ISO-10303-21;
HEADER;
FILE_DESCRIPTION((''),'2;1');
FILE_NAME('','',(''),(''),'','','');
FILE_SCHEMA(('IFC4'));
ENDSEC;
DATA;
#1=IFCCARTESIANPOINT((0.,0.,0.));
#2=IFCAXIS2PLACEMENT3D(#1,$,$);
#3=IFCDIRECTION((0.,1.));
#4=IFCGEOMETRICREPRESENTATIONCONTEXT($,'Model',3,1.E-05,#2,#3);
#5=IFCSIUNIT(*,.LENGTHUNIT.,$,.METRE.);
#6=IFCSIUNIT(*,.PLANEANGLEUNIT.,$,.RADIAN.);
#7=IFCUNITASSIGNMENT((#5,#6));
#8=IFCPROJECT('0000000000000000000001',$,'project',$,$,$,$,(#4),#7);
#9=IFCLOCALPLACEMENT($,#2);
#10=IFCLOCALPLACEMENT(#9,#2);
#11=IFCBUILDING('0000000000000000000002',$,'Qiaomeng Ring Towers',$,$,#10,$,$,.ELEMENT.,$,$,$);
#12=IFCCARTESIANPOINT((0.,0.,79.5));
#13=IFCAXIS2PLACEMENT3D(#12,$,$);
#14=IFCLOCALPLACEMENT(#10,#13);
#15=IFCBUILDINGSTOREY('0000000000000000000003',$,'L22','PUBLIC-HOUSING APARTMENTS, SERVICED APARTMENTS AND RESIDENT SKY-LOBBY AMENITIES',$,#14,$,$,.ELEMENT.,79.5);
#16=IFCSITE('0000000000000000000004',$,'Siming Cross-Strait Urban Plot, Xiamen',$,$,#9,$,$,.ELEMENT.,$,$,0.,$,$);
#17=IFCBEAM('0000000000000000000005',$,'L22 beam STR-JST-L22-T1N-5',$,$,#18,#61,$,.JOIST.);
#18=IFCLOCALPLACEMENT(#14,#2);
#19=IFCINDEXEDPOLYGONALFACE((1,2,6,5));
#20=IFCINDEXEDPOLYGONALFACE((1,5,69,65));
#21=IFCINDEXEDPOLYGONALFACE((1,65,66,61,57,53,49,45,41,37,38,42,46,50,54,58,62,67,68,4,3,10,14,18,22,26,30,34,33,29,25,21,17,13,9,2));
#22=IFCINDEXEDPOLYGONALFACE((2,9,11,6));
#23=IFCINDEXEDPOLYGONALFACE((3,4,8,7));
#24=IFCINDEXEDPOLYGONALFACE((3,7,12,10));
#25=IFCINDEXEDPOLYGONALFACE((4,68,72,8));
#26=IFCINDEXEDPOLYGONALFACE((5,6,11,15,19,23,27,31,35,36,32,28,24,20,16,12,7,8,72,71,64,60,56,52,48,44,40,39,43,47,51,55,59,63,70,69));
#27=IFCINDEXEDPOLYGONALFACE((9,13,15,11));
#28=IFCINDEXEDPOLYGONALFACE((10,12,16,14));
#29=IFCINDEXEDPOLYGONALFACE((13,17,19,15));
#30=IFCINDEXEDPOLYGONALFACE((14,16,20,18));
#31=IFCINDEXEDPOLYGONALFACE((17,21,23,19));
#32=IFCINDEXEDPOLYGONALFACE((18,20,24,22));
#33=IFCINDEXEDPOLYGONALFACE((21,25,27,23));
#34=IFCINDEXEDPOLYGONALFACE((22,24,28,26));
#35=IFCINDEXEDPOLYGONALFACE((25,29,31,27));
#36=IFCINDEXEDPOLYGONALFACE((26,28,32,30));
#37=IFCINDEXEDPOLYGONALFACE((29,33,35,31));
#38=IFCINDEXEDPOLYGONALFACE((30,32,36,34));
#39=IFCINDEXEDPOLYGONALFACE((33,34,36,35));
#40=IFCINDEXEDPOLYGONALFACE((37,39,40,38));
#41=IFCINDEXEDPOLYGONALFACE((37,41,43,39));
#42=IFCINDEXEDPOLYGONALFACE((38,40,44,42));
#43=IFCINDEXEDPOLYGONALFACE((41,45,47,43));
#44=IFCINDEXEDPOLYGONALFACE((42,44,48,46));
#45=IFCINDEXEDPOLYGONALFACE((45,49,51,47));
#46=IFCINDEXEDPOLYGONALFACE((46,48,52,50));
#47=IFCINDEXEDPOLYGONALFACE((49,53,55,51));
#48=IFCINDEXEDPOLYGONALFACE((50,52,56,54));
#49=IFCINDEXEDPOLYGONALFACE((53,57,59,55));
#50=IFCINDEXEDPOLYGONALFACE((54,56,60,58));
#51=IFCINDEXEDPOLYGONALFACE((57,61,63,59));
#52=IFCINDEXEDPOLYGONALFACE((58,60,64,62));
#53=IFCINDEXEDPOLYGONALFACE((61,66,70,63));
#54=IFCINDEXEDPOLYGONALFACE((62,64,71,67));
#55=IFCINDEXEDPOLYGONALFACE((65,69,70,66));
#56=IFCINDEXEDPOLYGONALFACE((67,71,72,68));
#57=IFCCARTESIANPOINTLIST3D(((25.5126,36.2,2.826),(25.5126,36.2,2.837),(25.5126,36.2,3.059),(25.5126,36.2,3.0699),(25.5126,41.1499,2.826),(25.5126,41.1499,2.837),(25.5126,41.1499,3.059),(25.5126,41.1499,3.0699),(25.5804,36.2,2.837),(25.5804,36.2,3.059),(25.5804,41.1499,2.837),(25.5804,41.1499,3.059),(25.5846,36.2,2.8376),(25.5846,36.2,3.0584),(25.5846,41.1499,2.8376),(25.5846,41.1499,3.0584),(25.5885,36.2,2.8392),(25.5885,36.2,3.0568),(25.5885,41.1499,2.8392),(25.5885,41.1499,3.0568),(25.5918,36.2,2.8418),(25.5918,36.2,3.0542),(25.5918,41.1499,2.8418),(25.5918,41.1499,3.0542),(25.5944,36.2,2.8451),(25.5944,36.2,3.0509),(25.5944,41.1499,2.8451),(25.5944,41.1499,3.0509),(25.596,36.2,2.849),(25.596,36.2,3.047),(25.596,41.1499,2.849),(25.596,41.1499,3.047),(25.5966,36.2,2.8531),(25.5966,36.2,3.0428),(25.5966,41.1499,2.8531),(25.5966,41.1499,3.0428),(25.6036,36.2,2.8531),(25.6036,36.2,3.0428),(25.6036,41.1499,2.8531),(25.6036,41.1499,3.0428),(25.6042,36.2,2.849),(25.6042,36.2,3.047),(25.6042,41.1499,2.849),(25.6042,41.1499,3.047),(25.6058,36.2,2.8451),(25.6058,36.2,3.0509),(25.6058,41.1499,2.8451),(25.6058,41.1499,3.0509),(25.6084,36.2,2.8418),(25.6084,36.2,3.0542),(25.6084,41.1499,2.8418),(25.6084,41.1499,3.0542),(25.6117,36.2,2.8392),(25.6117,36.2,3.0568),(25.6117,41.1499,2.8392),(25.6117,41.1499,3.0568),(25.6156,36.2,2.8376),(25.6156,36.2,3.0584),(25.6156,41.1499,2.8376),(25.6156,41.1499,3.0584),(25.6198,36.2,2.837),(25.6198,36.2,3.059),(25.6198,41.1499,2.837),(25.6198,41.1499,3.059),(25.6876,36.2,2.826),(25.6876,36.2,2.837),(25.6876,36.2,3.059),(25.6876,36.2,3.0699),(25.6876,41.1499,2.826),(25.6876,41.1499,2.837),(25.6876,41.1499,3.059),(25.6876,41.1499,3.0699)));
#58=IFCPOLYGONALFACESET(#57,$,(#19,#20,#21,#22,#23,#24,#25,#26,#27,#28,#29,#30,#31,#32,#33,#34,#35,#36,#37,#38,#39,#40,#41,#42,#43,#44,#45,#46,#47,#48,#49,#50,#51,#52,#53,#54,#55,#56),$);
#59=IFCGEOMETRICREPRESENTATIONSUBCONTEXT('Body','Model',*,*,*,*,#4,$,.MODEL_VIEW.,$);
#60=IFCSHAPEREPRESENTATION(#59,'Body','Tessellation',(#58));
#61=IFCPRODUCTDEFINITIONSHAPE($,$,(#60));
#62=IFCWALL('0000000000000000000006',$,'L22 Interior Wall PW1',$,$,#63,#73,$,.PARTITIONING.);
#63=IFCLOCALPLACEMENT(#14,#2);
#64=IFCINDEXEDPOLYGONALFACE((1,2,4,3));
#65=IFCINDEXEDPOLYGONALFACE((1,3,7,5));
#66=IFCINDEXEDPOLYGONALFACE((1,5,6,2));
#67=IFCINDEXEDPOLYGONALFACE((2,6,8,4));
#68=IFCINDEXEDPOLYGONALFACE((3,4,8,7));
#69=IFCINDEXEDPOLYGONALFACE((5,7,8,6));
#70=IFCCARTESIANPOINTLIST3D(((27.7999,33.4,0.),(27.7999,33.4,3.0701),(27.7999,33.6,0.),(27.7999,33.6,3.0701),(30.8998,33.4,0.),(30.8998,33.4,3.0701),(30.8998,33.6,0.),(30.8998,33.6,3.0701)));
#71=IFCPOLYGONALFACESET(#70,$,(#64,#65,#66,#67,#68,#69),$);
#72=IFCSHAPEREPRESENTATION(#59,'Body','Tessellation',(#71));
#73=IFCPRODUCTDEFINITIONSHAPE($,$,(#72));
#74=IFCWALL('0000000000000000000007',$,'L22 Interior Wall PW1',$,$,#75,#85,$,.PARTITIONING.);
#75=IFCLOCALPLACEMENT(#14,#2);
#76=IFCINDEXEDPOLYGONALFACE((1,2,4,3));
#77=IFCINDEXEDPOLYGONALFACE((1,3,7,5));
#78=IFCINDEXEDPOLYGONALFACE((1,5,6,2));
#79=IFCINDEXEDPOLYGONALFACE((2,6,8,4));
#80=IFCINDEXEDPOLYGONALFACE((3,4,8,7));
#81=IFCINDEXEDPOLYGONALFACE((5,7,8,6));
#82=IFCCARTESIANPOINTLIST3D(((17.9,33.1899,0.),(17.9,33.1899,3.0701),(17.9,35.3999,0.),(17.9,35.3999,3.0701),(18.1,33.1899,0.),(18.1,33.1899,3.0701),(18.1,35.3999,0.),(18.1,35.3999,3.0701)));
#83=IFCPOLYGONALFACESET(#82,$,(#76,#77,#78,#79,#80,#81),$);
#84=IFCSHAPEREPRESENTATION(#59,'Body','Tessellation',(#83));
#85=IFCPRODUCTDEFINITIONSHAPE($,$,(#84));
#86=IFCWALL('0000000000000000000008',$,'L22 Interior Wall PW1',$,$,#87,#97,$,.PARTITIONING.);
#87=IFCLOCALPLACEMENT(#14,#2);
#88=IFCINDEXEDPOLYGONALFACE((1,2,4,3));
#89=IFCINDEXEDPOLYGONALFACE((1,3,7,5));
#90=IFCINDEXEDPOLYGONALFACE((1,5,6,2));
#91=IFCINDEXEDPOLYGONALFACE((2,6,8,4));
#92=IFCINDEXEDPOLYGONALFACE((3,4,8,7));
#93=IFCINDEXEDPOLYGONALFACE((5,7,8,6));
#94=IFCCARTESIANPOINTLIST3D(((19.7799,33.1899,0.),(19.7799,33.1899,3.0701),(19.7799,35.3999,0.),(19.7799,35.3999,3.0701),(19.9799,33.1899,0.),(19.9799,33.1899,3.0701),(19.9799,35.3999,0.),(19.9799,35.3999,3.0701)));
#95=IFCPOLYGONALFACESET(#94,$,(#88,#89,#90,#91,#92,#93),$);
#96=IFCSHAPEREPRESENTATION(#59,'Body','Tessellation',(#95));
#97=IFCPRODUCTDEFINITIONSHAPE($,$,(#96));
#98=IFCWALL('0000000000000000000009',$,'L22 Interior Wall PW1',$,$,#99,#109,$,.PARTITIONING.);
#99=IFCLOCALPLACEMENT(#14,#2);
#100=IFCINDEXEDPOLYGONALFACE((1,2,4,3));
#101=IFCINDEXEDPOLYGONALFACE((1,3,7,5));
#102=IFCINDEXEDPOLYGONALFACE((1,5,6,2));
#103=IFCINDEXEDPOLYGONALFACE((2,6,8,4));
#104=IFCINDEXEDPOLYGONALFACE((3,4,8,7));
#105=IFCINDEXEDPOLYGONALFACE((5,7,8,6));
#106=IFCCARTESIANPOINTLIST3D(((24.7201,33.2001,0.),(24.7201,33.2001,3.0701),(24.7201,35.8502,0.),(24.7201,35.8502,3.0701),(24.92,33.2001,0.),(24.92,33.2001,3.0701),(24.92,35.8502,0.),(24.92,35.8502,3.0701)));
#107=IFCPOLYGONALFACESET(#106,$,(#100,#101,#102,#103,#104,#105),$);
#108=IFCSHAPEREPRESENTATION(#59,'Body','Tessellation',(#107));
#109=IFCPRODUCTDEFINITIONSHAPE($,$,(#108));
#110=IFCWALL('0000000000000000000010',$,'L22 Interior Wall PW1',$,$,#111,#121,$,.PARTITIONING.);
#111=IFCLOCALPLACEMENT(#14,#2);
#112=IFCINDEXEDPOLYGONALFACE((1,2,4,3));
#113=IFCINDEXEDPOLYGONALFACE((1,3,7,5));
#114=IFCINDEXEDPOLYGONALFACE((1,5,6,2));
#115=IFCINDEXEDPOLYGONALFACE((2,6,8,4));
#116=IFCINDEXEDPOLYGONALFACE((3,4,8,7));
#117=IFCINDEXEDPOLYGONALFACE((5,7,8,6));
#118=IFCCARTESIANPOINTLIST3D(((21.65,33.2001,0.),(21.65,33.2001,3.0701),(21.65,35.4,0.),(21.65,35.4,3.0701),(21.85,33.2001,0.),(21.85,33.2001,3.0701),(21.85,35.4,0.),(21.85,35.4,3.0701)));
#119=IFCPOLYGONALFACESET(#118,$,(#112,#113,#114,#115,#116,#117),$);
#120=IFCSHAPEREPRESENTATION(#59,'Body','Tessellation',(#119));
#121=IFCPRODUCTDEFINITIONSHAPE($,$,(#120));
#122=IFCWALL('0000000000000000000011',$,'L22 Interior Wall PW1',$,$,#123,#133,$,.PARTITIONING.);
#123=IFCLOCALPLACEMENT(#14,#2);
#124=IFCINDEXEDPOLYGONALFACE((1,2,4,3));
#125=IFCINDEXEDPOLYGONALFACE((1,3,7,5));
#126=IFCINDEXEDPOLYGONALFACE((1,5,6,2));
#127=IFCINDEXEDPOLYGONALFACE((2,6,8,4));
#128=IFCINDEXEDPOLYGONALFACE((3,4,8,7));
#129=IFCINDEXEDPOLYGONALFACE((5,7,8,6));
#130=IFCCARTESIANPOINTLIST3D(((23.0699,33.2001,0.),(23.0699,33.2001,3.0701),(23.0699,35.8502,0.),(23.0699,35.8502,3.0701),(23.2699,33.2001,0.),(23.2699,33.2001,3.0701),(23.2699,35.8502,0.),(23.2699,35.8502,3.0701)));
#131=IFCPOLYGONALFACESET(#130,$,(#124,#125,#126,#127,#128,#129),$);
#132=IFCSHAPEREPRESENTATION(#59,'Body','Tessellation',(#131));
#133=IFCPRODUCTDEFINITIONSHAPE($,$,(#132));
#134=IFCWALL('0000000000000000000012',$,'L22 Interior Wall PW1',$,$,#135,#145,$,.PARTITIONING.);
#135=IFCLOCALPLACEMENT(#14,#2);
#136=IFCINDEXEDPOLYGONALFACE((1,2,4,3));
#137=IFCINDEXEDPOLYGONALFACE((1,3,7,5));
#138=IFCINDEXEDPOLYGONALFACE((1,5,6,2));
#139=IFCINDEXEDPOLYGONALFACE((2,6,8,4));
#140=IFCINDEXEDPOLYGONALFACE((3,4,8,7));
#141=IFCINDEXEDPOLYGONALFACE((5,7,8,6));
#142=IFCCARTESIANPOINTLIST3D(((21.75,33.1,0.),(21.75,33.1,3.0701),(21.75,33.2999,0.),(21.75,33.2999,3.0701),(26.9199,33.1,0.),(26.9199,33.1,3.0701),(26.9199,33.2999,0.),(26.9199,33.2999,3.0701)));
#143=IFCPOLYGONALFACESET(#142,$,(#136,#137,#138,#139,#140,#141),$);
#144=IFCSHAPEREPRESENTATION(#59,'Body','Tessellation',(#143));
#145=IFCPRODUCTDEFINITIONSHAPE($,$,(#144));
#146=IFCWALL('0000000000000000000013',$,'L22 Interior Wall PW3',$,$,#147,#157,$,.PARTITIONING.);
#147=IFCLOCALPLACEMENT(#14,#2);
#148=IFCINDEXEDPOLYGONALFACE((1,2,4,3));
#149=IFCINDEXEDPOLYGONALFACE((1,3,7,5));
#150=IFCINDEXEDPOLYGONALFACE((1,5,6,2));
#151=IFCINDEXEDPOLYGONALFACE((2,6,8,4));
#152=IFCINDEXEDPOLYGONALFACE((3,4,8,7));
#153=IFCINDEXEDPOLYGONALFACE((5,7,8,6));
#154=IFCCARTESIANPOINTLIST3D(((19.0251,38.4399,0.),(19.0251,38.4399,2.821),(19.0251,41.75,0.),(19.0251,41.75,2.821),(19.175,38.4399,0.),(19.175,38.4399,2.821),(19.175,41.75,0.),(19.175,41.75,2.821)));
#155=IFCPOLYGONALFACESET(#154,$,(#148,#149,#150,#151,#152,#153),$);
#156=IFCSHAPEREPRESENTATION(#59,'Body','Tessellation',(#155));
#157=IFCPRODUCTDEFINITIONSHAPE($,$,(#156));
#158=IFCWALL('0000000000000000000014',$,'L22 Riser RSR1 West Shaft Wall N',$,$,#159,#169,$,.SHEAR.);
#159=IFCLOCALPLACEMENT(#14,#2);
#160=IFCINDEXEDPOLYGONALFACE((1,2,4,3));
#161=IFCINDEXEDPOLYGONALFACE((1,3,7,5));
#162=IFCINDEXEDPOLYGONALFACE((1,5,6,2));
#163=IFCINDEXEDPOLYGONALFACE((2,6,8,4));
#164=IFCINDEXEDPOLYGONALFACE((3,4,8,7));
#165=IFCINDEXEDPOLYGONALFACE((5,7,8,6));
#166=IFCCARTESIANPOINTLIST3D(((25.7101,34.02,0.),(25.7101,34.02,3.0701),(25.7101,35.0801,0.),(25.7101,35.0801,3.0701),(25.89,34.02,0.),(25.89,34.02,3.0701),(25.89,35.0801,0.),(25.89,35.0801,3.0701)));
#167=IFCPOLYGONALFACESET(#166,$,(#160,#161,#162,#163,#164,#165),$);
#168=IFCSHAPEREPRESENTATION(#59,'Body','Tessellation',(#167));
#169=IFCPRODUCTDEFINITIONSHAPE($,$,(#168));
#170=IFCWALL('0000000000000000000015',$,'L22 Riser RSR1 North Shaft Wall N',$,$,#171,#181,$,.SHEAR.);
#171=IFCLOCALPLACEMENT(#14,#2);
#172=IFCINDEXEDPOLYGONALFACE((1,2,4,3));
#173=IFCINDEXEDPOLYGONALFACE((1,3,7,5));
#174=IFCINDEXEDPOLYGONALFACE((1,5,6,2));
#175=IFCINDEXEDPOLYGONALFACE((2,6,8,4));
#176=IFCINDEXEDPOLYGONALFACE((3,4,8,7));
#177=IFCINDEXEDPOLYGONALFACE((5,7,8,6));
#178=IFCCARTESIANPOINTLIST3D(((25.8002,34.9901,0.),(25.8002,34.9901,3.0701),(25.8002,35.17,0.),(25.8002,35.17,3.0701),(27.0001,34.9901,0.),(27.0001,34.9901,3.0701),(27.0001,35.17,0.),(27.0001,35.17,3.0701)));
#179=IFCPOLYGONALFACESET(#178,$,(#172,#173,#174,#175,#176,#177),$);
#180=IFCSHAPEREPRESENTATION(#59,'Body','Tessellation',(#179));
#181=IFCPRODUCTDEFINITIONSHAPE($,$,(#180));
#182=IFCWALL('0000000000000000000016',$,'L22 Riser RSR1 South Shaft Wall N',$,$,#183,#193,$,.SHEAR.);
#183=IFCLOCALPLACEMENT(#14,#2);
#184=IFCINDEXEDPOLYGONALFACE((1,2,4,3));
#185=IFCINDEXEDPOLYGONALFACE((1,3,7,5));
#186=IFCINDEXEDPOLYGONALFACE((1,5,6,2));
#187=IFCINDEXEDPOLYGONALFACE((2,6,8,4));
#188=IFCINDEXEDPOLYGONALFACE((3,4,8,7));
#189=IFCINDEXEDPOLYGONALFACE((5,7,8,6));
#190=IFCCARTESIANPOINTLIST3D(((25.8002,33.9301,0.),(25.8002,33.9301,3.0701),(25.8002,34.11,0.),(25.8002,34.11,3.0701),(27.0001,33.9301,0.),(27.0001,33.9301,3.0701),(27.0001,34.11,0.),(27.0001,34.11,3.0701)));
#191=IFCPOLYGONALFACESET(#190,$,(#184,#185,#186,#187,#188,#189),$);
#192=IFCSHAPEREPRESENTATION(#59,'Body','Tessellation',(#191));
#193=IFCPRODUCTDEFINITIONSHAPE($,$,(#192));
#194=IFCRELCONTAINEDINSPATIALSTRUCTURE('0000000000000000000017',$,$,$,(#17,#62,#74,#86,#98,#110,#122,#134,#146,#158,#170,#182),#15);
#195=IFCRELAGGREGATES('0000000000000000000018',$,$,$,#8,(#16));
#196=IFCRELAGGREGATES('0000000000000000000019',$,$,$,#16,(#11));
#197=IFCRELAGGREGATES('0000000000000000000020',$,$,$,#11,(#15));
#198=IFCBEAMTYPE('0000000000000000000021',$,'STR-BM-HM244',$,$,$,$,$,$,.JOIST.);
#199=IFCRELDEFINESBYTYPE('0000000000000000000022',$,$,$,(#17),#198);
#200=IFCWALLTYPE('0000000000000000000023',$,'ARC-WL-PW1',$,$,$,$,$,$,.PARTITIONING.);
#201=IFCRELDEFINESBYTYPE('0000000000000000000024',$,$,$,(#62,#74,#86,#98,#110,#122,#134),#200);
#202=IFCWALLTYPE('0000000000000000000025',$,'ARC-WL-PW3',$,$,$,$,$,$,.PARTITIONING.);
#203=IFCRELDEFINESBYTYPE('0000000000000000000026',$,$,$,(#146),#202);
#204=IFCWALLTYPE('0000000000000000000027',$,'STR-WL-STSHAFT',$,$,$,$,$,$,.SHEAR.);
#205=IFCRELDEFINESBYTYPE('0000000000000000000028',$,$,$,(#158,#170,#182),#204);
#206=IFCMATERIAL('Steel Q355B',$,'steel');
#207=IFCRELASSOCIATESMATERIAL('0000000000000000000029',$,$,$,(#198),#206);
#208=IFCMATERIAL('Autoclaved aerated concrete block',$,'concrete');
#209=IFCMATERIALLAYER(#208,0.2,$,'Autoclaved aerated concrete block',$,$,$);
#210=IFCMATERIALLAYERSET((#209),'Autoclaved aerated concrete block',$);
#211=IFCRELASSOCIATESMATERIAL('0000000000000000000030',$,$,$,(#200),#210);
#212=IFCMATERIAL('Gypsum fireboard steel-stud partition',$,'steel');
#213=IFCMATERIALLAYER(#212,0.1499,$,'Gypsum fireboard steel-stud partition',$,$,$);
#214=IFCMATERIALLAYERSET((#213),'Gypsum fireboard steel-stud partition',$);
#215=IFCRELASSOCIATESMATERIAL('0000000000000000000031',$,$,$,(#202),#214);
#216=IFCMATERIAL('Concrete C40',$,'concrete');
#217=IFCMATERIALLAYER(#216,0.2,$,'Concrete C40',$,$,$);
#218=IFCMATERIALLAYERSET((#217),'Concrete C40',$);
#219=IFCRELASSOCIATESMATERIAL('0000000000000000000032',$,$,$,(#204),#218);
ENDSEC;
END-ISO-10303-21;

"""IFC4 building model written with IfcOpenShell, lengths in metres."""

from ifc_helpers import new_model, si_unit, direction, frame, frame_2d, origin, origin_2d, place, context, subcontext, project, spatial, rectangle, i_section, extrude, source, transform, mapped, material, layer, layer_set, material_profile, profile_set, type_object, element, save


model = new_model("IFC4")

# Units and contexts
model_context = context("Model", 3, precision=1e-05, world=origin(), true_north=direction((0.0, 1.0)))
body_context = subcontext(model_context, "Body", "Model", "MODEL_VIEW")
ifc_project = project(units=[si_unit("LENGTHUNIT", "METRE"), si_unit("PLANEANGLEUNIT", "RADIAN")], contexts=[model_context])

# Site, building, storey
site_placement = place(None, origin())
site = spatial("IfcSite", under=ifc_project, at=site_placement, Name="Siming Cross-Strait Urban Plot, Xiamen", CompositionType="ELEMENT", RefElevation=0.0)
building_placement = place(site_placement, origin())
building = spatial("IfcBuilding", under=site, at=building_placement, Name="Qiaomeng Ring Towers", CompositionType="ELEMENT")
storey_placement = place(building_placement, frame((0.0, 0.0, 79.5)))
storey = spatial("IfcBuildingStorey", under=building, at=storey_placement, Name="L22", Description="PUBLIC-HOUSING APARTMENTS, SERVICED APARTMENTS AND RESIDENT SKY-LOBBY AMENITIES", CompositionType="ELEMENT", Elevation=79.5)

# Beam
ifc_material_1 = material(Name="Steel Q355B", Category="steel")
ifc_material_profile_1 = material_profile(ifc_material_1, i_section(OverallWidth=0.175, OverallDepth=0.2439, WebThickness=0.0071, FlangeThickness=0.011, FilletRadius=0.0161, at=origin_2d()), Name="HM 244x175x7x11")
ifc_profile_set_1 = profile_set([ifc_material_profile_1], Name="Steel Q355B")
beam_type_1 = type_object("IfcBeamType", Name="STR-BM-HM244", PredefinedType="JOIST", material=ifc_profile_set_1)
shared_shape_1 = source(origin(), body_context, "Body", "SweptSolid", [
    extrude(i_section(OverallWidth=0.175, OverallDepth=0.2439, WebThickness=0.0071, FlangeThickness=0.011, FilletRadius=0.0161, at=origin_2d()), origin(), (0.0, 0.0, 1.0), 4.95),
])
for number, where, z_axis, x_axis, name in (
    (1, (25.6001, 36.2, 2.948), (0.0, 1.0, 0.0), (-1.0, 0.0, 0.0), "L22 beam STR-JST-L22-T1N-5"),
):
    element("IfcBeam", number, at=place(storey_placement, frame(where, z_axis=z_axis, x_axis=x_axis)), inside=storey, type_object=beam_type_1, Name=name, PredefinedType="JOIST", context=body_context, shape_type="MappedRepresentation", body=[
        mapped(shared_shape_1, transform((0.0, 0.0, 0.0), x_axis=(1.0, 0.0, 0.0), y_axis=(0.0, 1.0, 0.0), z_axis=(0.0, 0.0, 1.0), scale=1.0)),
    ])

# Walls
ifc_material_2 = material(Name="Autoclaved aerated concrete block", Category="concrete")
ifc_layer_1 = layer(ifc_material_2, 0.2, Name="Autoclaved aerated concrete block")
ifc_layer_set_1 = layer_set([ifc_layer_1], Name="Autoclaved aerated concrete block")
wall_type_1 = type_object("IfcWallType", Name="ARC-WL-PW1", PredefinedType="PARTITIONING", material=ifc_layer_set_1)
wall_1_placement = place(storey_placement, frame((27.8, 33.5, 0.0), z_axis=(0.0, 0.0, 1.0), x_axis=(1.0, 0.0, 0.0)))
element("IfcWall", 2, at=wall_1_placement, inside=storey, type_object=wall_type_1, Name="L22 Interior Wall PW1", PredefinedType="PARTITIONING", context=body_context, shape_type="SweptSolid", body=[
    extrude(rectangle(XDim=3.0999, YDim=0.2, at=frame_2d((1.5498, 0.0))), origin(), (0.0, 0.0, 1.0), 3.0701),
])
for number, where, z_axis, x_axis, name in (
    (3, (18.0, 33.1899, 0.0), (0.0, 0.0, 1.0), (0.0, 1.0, 0.0), "L22 Interior Wall PW1"),
    (4, (19.8799, 33.1899, 0.0), (0.0, 0.0, 1.0), (0.0, 1.0, 0.0), "L22 Interior Wall PW1"),
):
    element("IfcWall", number, at=place(storey_placement, frame(where, z_axis=z_axis, x_axis=x_axis)), inside=storey, type_object=wall_type_1, Name=name, PredefinedType="PARTITIONING", context=body_context, shape_type="SweptSolid", body=[
        extrude(rectangle(XDim=2.21, YDim=0.2, at=frame_2d((1.105, 0.0))), origin(), (0.0, 0.0, 1.0), 3.0701),
    ])
wall_2_placement = place(storey_placement, frame((24.8201, 33.2, 0.0), z_axis=(0.0, 0.0, 1.0), x_axis=(0.0, 1.0, 0.0)))
element("IfcWall", 5, at=wall_2_placement, inside=storey, type_object=wall_type_1, Name="L22 Interior Wall PW1", PredefinedType="PARTITIONING", context=body_context, shape_type="SweptSolid", body=[
    extrude(rectangle(XDim=2.6501, YDim=0.2, at=frame_2d((1.3252, 0.0))), origin(), (0.0, 0.0, 1.0), 3.0701),
])
wall_3_placement = place(storey_placement, frame((21.75, 33.2, 0.0), z_axis=(0.0, 0.0, 1.0), x_axis=(0.0, 1.0, 0.0)))
element("IfcWall", 6, at=wall_3_placement, inside=storey, type_object=wall_type_1, Name="L22 Interior Wall PW1", PredefinedType="PARTITIONING", context=body_context, shape_type="SweptSolid", body=[
    extrude(rectangle(XDim=2.2, YDim=0.2, at=frame_2d((1.1001, 0.0))), origin(), (0.0, 0.0, 1.0), 3.0701),
])
wall_4_placement = place(storey_placement, frame((23.1699, 33.2, 0.0), z_axis=(0.0, 0.0, 1.0), x_axis=(0.0, 1.0, 0.0)))
element("IfcWall", 7, at=wall_4_placement, inside=storey, type_object=wall_type_1, Name="L22 Interior Wall PW1", PredefinedType="PARTITIONING", context=body_context, shape_type="SweptSolid", body=[
    extrude(rectangle(XDim=2.6501, YDim=0.2, at=frame_2d((1.3252, 0.0))), origin(), (0.0, 0.0, 1.0), 3.0701),
])
wall_5_placement = place(storey_placement, frame((21.75, 33.2, 0.0), z_axis=(0.0, 0.0, 1.0), x_axis=(1.0, 0.0, 0.0)))
element("IfcWall", 8, at=wall_5_placement, inside=storey, type_object=wall_type_1, Name="L22 Interior Wall PW1", PredefinedType="PARTITIONING", context=body_context, shape_type="SweptSolid", body=[
    extrude(rectangle(XDim=5.1699, YDim=0.2, at=frame_2d((2.585, 0.0))), origin(), (0.0, 0.0, 1.0), 3.0701),
])
ifc_material_3 = material(Name="Gypsum fireboard steel-stud partition", Category="steel")
ifc_layer_2 = layer(ifc_material_3, 0.1499, Name="Gypsum fireboard steel-stud partition")
ifc_layer_set_2 = layer_set([ifc_layer_2], Name="Gypsum fireboard steel-stud partition")
wall_type_2 = type_object("IfcWallType", Name="ARC-WL-PW3", PredefinedType="PARTITIONING", material=ifc_layer_set_2)
wall_6_placement = place(storey_placement, frame((19.1001, 38.4399, 0.0), z_axis=(0.0, 0.0, 1.0), x_axis=(0.0, 1.0, 0.0)))
element("IfcWall", 9, at=wall_6_placement, inside=storey, type_object=wall_type_2, Name="L22 Interior Wall PW3", PredefinedType="PARTITIONING", context=body_context, shape_type="SweptSolid", body=[
    extrude(rectangle(XDim=3.3101, YDim=0.1499, at=frame_2d((1.655, 0.0))), origin(), (0.0, 0.0, 1.0), 2.821),
])
ifc_material_4 = material(Name="Concrete C40", Category="concrete")
ifc_layer_3 = layer(ifc_material_4, 0.2, Name="Concrete C40")
ifc_layer_set_3 = layer_set([ifc_layer_3], Name="Concrete C40")
wall_type_3 = type_object("IfcWallType", Name="STR-WL-STSHAFT", PredefinedType="SHEAR", material=ifc_layer_set_3)
wall_7_placement = place(storey_placement, frame((25.8, 34.02, 0.0), z_axis=(0.0, 0.0, 1.0), x_axis=(0.0, 1.0, 0.0)))
element("IfcWall", 10, at=wall_7_placement, inside=storey, type_object=wall_type_3, Name="L22 Riser RSR1 West Shaft Wall N", PredefinedType="SHEAR", context=body_context, shape_type="SweptSolid", body=[
    extrude(rectangle(XDim=1.0601, YDim=0.1799, at=frame_2d((0.53, 0.0))), origin(), (0.0, 0.0, 1.0), 3.0701),
])
for number, where, z_axis, x_axis, name in (
    (11, (25.8, 35.0801, 0.0), (0.0, 0.0, 1.0), (1.0, 0.0, 0.0), "L22 Riser RSR1 North Shaft Wall N"),
    (12, (25.8, 34.02, 0.0), (0.0, 0.0, 1.0), (1.0, 0.0, 0.0), "L22 Riser RSR1 South Shaft Wall N"),
):
    element("IfcWall", number, at=place(storey_placement, frame(where, z_axis=z_axis, x_axis=x_axis)), inside=storey, type_object=wall_type_3, Name=name, PredefinedType="SHEAR", context=body_context, shape_type="SweptSolid", body=[
        extrude(rectangle(XDim=1.2, YDim=0.1799, at=frame_2d((0.6001, 0.0))), origin(), (0.0, 0.0, 1.0), 3.0701),
    ])

save(model, "model.ifc")
